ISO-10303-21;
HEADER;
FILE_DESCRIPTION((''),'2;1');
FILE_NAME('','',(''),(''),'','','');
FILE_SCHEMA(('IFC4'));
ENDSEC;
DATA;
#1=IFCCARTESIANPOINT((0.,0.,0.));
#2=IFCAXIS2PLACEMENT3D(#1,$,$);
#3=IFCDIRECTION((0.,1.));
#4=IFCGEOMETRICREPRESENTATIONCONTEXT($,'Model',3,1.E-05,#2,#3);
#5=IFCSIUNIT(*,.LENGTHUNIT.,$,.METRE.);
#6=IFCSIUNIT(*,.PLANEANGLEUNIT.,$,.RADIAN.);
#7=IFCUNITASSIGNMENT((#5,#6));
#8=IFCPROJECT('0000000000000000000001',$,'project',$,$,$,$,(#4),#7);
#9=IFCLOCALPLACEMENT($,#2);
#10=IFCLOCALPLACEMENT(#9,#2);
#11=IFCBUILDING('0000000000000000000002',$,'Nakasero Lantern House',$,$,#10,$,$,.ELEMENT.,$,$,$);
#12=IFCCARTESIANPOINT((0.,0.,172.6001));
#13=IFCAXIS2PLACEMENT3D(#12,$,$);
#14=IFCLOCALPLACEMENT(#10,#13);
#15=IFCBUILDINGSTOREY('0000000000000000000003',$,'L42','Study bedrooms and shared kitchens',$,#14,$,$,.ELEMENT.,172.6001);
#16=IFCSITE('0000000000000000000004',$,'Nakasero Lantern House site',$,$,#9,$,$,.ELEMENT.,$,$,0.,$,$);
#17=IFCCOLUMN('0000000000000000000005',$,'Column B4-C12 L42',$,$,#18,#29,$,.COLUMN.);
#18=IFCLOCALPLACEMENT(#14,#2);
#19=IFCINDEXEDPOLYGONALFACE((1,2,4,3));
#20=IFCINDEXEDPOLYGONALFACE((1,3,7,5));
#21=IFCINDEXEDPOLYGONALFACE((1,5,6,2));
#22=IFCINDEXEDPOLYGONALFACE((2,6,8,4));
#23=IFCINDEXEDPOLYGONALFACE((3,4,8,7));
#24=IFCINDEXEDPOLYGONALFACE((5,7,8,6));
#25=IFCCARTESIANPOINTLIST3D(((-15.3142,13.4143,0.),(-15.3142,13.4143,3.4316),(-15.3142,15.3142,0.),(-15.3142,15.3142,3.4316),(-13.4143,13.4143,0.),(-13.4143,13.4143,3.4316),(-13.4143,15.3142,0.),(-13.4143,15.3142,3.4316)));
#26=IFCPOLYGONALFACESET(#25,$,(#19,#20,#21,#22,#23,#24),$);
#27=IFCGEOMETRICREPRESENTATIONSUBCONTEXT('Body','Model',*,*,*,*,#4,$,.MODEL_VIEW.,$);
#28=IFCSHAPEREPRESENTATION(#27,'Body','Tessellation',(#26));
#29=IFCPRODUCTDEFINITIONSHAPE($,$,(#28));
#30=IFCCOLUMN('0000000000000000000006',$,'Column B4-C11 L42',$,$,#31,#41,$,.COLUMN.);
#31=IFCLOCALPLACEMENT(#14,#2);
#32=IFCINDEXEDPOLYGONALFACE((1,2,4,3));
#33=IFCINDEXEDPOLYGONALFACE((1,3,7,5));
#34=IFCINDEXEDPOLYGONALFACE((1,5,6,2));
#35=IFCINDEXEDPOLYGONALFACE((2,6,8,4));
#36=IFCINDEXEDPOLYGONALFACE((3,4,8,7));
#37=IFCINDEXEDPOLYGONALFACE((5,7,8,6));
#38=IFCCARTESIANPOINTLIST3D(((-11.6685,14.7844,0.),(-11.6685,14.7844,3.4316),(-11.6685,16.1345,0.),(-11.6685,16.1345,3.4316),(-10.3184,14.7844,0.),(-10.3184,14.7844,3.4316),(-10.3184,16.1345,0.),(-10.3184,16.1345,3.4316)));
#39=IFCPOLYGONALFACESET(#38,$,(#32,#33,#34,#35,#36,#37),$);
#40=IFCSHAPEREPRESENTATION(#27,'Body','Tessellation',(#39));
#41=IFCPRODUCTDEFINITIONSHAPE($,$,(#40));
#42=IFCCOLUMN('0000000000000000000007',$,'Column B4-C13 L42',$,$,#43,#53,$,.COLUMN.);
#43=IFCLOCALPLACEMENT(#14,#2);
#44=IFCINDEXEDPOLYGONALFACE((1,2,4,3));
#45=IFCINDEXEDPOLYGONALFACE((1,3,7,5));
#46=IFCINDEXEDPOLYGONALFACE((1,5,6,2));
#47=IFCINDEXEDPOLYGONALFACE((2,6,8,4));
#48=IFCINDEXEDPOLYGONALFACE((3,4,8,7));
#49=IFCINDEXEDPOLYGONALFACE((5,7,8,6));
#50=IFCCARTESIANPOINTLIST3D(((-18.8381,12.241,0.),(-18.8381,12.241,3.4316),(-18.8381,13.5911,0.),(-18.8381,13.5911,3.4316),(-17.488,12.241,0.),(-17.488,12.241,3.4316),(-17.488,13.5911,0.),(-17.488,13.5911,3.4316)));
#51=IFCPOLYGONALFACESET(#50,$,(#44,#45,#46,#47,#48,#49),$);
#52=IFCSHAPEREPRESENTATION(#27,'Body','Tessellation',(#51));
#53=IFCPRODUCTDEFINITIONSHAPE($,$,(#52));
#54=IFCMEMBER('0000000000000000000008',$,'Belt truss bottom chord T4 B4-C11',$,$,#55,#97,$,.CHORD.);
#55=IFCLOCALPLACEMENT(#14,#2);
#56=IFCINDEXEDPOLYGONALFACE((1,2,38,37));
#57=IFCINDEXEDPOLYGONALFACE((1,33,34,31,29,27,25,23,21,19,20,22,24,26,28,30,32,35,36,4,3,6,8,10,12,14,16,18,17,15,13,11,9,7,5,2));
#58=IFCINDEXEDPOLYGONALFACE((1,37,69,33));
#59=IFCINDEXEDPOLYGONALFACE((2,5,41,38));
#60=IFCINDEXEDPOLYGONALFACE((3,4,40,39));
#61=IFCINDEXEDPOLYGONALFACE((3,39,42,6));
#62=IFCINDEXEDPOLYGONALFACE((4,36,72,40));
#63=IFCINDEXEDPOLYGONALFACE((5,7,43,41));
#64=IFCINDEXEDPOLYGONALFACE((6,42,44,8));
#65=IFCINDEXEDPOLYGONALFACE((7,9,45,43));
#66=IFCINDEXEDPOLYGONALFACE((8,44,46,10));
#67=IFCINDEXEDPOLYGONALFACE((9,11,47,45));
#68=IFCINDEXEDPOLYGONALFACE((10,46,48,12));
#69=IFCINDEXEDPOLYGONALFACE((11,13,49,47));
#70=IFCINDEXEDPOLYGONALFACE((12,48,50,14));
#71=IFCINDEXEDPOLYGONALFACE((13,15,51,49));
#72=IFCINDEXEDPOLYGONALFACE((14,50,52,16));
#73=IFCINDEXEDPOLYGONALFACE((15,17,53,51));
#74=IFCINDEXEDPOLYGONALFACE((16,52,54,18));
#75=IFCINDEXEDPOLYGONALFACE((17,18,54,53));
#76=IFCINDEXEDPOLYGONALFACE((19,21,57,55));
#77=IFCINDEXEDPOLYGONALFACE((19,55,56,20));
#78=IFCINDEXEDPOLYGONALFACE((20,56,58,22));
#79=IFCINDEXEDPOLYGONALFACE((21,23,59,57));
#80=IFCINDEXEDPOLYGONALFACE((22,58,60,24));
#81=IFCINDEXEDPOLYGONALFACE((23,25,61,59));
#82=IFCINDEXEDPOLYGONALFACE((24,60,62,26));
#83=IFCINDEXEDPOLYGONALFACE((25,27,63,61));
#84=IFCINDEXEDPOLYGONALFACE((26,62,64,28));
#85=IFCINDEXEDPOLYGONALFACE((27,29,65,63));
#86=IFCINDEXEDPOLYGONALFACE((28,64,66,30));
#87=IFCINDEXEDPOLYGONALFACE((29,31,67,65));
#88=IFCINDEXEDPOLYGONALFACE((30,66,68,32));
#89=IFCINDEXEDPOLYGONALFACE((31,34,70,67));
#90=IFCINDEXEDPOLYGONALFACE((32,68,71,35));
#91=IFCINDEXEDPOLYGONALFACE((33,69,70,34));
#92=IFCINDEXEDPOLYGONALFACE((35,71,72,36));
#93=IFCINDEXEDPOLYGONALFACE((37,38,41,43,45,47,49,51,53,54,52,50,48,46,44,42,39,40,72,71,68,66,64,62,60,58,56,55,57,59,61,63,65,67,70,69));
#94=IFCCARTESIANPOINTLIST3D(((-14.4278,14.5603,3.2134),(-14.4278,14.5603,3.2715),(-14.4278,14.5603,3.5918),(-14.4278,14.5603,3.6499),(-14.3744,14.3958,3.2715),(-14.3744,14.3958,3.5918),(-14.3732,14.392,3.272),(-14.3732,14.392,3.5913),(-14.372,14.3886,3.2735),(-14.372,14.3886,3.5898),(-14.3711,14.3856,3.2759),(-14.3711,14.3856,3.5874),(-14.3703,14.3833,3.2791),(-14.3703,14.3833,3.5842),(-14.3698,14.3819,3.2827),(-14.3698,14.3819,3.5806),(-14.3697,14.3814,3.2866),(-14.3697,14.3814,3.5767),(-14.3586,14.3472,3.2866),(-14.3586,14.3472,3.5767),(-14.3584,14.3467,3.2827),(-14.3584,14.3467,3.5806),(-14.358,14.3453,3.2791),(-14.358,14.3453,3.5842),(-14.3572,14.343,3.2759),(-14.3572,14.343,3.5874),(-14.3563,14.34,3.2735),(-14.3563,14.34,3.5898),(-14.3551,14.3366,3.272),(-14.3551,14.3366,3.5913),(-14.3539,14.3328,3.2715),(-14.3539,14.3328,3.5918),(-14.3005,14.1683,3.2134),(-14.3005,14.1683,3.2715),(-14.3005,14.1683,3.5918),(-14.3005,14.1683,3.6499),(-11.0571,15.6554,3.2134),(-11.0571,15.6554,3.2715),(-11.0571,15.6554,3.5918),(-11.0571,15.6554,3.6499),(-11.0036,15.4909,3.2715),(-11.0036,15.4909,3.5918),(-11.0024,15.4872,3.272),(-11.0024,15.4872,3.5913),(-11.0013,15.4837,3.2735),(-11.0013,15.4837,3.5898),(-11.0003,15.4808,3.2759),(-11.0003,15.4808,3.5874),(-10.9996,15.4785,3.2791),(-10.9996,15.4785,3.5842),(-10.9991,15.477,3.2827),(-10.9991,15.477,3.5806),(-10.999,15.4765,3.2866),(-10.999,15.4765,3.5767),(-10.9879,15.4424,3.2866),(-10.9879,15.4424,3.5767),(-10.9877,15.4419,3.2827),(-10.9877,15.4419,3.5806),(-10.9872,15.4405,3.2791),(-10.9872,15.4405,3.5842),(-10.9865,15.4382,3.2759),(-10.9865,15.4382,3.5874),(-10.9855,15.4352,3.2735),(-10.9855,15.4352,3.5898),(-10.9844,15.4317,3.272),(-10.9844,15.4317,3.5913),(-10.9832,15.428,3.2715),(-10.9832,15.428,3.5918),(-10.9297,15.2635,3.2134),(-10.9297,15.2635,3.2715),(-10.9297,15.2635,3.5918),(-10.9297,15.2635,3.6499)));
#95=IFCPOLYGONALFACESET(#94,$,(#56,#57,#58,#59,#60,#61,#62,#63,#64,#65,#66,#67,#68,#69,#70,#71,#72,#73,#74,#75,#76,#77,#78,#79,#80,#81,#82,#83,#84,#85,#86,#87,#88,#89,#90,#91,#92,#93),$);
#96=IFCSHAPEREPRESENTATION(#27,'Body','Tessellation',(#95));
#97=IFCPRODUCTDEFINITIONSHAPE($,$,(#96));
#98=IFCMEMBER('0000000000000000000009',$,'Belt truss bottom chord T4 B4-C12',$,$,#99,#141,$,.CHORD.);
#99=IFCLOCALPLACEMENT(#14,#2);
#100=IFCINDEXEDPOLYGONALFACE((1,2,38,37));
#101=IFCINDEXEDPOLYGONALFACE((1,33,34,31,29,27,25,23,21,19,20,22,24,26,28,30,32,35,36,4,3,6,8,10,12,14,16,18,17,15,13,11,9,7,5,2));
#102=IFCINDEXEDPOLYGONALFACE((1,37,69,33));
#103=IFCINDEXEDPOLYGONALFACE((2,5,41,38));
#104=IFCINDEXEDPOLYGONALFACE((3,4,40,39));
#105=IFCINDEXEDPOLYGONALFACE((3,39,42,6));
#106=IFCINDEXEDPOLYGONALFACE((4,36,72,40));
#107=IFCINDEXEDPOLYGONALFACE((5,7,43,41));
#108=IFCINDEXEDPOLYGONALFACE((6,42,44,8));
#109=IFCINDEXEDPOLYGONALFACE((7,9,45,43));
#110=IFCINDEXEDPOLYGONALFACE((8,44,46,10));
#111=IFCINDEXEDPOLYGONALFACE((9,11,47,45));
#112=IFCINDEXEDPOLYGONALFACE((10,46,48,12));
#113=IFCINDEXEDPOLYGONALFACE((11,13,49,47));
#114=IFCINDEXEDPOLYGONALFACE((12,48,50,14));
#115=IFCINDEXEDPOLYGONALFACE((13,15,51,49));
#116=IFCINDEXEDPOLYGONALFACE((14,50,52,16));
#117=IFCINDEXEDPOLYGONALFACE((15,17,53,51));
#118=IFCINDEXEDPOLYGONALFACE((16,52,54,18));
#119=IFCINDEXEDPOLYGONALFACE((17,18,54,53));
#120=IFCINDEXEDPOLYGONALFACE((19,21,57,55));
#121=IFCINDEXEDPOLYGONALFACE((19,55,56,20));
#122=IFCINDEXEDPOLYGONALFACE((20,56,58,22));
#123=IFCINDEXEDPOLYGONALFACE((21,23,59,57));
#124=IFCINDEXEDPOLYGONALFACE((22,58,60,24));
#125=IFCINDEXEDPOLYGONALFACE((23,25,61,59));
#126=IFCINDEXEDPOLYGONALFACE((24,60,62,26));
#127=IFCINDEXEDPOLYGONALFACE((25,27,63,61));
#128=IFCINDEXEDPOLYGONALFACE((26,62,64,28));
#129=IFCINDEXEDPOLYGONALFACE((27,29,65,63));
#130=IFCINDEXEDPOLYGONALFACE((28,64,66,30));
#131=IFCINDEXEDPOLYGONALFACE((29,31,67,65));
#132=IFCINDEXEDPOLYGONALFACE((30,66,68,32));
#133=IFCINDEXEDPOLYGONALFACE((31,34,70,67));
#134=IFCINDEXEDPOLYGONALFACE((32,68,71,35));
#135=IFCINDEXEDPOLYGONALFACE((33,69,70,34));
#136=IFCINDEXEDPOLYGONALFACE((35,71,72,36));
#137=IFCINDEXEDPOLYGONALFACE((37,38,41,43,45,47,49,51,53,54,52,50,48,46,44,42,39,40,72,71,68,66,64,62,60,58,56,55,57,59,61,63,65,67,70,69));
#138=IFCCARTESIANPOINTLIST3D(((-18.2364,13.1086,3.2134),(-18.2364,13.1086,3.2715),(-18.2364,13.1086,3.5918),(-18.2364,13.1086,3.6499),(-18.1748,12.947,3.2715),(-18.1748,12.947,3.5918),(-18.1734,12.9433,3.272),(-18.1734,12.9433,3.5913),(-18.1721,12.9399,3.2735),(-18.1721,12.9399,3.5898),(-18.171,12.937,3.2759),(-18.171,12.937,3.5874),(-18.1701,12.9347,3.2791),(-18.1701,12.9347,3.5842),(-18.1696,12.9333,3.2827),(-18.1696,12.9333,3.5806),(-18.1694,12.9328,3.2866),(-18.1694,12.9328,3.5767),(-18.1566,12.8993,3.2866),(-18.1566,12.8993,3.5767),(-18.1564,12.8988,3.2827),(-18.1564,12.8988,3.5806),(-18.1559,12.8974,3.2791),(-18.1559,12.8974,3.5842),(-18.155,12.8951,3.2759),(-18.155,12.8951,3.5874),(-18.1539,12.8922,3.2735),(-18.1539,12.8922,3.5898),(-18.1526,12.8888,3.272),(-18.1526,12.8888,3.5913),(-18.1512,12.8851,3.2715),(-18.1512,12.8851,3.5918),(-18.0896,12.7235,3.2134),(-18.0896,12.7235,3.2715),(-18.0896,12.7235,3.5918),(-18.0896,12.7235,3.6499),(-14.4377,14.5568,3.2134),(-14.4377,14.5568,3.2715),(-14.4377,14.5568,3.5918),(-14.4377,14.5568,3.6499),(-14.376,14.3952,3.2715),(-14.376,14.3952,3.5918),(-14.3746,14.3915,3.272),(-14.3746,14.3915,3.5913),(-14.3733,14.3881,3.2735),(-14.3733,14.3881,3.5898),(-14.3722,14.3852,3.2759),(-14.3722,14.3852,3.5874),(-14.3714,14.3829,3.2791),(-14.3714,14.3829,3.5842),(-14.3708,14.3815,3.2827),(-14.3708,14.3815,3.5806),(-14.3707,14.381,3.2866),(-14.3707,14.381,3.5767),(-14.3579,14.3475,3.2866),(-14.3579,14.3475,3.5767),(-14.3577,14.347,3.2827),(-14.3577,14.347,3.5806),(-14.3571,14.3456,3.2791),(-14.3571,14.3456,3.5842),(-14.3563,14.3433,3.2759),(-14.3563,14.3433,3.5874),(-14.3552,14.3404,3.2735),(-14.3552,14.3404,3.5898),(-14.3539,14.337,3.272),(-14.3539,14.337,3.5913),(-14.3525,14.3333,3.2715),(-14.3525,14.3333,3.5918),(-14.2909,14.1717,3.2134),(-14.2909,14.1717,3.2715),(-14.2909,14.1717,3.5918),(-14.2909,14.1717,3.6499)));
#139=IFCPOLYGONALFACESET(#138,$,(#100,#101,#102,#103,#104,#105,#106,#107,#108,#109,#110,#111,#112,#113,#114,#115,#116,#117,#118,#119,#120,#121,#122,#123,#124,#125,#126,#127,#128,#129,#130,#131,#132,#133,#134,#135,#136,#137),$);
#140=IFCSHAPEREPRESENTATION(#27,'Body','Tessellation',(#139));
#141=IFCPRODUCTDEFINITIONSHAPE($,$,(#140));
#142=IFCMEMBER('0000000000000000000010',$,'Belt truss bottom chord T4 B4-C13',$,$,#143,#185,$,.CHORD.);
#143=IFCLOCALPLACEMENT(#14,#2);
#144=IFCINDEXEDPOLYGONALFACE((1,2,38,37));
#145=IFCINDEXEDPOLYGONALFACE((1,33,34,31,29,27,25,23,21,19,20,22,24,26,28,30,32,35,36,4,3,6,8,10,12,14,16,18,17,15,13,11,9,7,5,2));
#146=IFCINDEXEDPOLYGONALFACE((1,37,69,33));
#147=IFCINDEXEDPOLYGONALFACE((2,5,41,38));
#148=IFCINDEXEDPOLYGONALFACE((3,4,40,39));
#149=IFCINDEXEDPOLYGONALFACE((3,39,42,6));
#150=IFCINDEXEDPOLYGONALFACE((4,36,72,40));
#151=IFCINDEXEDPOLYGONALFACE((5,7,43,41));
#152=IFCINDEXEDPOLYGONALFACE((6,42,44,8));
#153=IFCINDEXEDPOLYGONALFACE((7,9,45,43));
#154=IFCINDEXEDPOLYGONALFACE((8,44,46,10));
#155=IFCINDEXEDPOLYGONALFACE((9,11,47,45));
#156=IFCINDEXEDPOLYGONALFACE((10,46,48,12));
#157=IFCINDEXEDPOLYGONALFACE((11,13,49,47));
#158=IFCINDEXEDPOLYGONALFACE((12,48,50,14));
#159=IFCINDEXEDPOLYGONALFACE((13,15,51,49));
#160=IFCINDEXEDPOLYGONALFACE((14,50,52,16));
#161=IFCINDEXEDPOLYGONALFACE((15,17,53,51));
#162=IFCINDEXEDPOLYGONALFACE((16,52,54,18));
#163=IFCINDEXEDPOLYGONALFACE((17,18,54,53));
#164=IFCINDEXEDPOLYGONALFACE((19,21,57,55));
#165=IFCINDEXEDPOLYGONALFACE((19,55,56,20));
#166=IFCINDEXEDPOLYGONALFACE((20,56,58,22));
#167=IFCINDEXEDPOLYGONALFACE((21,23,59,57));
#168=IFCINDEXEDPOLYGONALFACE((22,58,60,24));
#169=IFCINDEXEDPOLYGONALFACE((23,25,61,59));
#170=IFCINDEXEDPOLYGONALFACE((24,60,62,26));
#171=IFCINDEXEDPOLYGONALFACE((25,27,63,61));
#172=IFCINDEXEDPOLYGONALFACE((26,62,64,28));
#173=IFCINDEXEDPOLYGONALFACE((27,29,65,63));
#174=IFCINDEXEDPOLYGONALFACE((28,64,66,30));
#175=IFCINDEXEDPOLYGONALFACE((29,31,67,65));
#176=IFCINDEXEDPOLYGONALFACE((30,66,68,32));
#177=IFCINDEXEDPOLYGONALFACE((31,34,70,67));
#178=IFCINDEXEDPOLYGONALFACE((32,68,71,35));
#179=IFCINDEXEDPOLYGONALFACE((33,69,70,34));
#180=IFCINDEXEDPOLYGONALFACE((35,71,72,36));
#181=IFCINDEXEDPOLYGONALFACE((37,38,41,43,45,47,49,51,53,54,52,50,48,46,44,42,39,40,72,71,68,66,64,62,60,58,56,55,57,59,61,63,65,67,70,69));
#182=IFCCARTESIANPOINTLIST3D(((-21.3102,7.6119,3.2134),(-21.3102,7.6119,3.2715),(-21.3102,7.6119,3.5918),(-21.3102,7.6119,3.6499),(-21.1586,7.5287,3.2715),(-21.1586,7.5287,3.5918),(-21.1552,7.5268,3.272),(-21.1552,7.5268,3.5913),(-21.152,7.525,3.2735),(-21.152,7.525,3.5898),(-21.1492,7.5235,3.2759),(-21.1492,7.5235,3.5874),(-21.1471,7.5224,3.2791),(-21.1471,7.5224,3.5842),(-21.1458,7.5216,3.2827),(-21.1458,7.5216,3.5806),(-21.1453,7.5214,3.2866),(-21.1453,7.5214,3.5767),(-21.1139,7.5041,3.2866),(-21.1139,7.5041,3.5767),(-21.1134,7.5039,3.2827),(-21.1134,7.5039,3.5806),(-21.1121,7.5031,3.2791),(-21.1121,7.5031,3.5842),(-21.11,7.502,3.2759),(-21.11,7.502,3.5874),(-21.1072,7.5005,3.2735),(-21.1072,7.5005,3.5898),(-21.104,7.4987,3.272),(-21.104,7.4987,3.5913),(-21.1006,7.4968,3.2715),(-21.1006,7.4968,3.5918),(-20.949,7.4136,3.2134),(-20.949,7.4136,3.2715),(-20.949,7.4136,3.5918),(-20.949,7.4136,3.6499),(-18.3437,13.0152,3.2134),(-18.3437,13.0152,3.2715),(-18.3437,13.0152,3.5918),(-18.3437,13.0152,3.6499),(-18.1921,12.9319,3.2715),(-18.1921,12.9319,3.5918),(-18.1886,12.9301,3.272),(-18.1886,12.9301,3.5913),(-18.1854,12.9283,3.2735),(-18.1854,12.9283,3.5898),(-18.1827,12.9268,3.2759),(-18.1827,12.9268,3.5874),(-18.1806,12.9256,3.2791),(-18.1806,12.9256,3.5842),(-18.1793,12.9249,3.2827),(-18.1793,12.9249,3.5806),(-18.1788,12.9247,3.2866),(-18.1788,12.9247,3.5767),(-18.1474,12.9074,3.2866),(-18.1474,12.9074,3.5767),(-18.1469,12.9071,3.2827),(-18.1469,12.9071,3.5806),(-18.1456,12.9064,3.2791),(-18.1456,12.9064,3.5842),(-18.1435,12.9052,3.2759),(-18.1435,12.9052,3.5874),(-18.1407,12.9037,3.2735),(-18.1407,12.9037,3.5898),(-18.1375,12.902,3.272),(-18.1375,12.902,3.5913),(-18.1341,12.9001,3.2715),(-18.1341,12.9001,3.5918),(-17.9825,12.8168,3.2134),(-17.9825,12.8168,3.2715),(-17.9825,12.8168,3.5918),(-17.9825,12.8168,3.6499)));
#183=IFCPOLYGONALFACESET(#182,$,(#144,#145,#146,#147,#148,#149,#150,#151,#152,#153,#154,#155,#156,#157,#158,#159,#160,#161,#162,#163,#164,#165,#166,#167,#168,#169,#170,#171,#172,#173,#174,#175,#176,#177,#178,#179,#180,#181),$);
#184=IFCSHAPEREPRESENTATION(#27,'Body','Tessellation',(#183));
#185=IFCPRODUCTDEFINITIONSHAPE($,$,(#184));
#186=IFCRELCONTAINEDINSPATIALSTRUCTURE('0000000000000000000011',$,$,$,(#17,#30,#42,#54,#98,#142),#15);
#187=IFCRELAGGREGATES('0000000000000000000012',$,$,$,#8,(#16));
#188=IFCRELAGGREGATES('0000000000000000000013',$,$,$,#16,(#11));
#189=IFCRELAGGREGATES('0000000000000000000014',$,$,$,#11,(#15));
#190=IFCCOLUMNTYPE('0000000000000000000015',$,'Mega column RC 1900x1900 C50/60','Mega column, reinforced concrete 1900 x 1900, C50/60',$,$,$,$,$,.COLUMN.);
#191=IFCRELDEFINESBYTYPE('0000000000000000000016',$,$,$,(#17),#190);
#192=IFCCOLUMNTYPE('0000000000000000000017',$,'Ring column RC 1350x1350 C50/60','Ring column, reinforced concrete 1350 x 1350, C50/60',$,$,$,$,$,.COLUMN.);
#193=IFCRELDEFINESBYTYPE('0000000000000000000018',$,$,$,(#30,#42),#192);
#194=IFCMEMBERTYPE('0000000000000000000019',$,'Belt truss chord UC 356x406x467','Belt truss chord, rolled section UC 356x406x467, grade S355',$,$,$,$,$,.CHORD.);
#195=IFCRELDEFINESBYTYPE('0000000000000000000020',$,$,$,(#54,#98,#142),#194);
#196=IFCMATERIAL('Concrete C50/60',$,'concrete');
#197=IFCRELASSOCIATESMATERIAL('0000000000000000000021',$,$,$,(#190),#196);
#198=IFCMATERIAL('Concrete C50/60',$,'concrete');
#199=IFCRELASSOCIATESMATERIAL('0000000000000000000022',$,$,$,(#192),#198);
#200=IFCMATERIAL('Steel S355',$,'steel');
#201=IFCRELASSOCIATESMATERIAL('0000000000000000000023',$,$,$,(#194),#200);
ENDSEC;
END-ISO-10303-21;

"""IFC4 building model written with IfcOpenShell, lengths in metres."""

from ifc_helpers import new_model, si_unit, direction, frame, origin, origin_2d, place, context, subcontext, project, spatial, rectangle, i_section, extrude, material, material_profile, profile_set, type_object, element, save


model = new_model("IFC4")

# Units and contexts
model_context = context("Model", 3, precision=1e-05, world=origin(), true_north=direction((0.0, 1.0)))
body_context = subcontext(model_context, "Body", "Model", "MODEL_VIEW")
ifc_project = project(units=[si_unit("LENGTHUNIT", "METRE"), si_unit("PLANEANGLEUNIT", "RADIAN")], contexts=[model_context])

# Site, building, storey
site_placement = place(None, origin())
site = spatial("IfcSite", under=ifc_project, at=site_placement, Name="Nakasero Lantern House site", CompositionType="ELEMENT", RefElevation=0.0)
building_placement = place(site_placement, origin())
building = spatial("IfcBuilding", under=site, at=building_placement, Name="Nakasero Lantern House", CompositionType="ELEMENT")
storey_placement = place(building_placement, frame((0.0, 0.0, 172.6001)))
storey = spatial("IfcBuildingStorey", under=building, at=storey_placement, Name="L42", Description="Study bedrooms and shared kitchens", CompositionType="ELEMENT", Elevation=172.6001)

# Columns
ifc_material_1 = material(Name="Concrete C50/60", Category="concrete")
ifc_material_profile_1 = material_profile(ifc_material_1, rectangle(XDim=1.8999, YDim=1.8999, at=origin_2d()), Name="RC 1900x1900")
ifc_profile_set_1 = profile_set([ifc_material_profile_1], Name="Concrete C50/60")
column_type_1 = type_object("IfcColumnType", Name="Mega column RC 1900x1900 C50/60", Description="Mega column, reinforced concrete 1900 x 1900, C50/60", PredefinedType="COLUMN", material=ifc_profile_set_1)
column_placement = place(storey_placement, frame((-14.3643, 14.3643, 0.0), z_axis=(0.0, 0.0, 1.0), x_axis=(1.0, 0.0, 0.0)))
element("IfcColumn", 1, at=column_placement, inside=storey, type_object=column_type_1, Name="Column B4-C12 L42", PredefinedType="COLUMN", context=body_context, shape_type="SweptSolid", body=[
    extrude(rectangle(XDim=1.8999, YDim=1.8999, at=origin_2d()), origin(), (0.0, 0.0, 1.0), 3.4316),
])
ifc_material_2 = material(Name="Concrete C50/60", Category="concrete")
ifc_material_profile_2 = material_profile(ifc_material_2, rectangle(XDim=1.3501, YDim=1.3501, at=origin_2d()), Name="RC 1350x1350")
ifc_profile_set_2 = profile_set([ifc_material_profile_2], Name="Concrete C50/60")
column_type_2 = type_object("IfcColumnType", Name="Ring column RC 1350x1350 C50/60", Description="Ring column, reinforced concrete 1350 x 1350, C50/60", PredefinedType="COLUMN", material=ifc_profile_set_2)
for number, where, z_axis, x_axis, name in (
    (2, (-10.9934, 15.4595, 0.0), (0.0, 0.0, 1.0), (1.0, 0.0, 0.0), "Column B4-C11 L42"),
    (3, (-18.1631, 12.916, 0.0), (0.0, 0.0, 1.0), (1.0, 0.0, 0.0), "Column B4-C13 L42"),
):
    element("IfcColumn", number, at=place(storey_placement, frame(where, z_axis=z_axis, x_axis=x_axis)), inside=storey, type_object=column_type_2, Name=name, PredefinedType="COLUMN", context=body_context, shape_type="SweptSolid", body=[
        extrude(rectangle(XDim=1.3501, YDim=1.3501, at=origin_2d()), origin(), (0.0, 0.0, 1.0), 3.4316),
    ])

# Members
ifc_material_3 = material(Name="Steel S355", Category="steel")
ifc_material_profile_3 = material_profile(ifc_material_3, i_section(OverallWidth=0.4121, OverallDepth=0.4365, WebThickness=0.0359, FlangeThickness=0.0581, FilletRadius=0.0151, at=origin_2d()), Name="UC 356x406x467")
ifc_profile_set_3 = profile_set([ifc_material_profile_3], Name="Steel S355")
member_type = type_object("IfcMemberType", Name="Belt truss chord UC 356x406x467", Description="Belt truss chord, rolled section UC 356x406x467, grade S355", PredefinedType="CHORD", material=ifc_profile_set_3)
member_1_placement = place(storey_placement, frame((-10.9934, 15.4595, 3.4316), z_axis=(-0.95106, -0.309007, 0.0), x_axis=(0.309007, -0.95106, 0.0)))
element("IfcMember", 4, at=member_1_placement, inside=storey, type_object=member_type, Name="Belt truss bottom chord T4 B4-C11", PredefinedType="CHORD", context=body_context, shape_type="SweptSolid", body=[
    extrude(i_section(OverallWidth=0.4121, OverallDepth=0.4365, WebThickness=0.0359, FlangeThickness=0.0581, FilletRadius=0.0151, at=origin_2d()), origin(), (0.0, 0.0, 1.0), 3.5442),
])
member_2_placement = place(storey_placement, frame((-14.3643, 14.3643, 3.4316), z_axis=(-0.9344, -0.356225, 0.0), x_axis=(0.356225, -0.9344, 0.0)))
element("IfcMember", 5, at=member_2_placement, inside=storey, type_object=member_type, Name="Belt truss bottom chord T4 B4-C12", PredefinedType="CHORD", context=body_context, shape_type="SweptSolid", body=[
    extrude(i_section(OverallWidth=0.4121, OverallDepth=0.4365, WebThickness=0.0359, FlangeThickness=0.0581, FilletRadius=0.0151, at=origin_2d()), origin(), (0.0, 0.0, 1.0), 4.0654),
])
member_3_placement = place(storey_placement, frame((-18.1631, 12.916, 3.4316), z_axis=(-0.481262, -0.876577, 0.0), x_axis=(0.876577, -0.481262, 0.0)))
element("IfcMember", 6, at=member_3_placement, inside=storey, type_object=member_type, Name="Belt truss bottom chord T4 B4-C13", PredefinedType="CHORD", context=body_context, shape_type="SweptSolid", body=[
    extrude(i_section(OverallWidth=0.4121, OverallDepth=0.4365, WebThickness=0.0359, FlangeThickness=0.0581, FilletRadius=0.0151, at=origin_2d()), origin(), (0.0, 0.0, 1.0), 6.1641),
])

save(model, "model.ifc")
